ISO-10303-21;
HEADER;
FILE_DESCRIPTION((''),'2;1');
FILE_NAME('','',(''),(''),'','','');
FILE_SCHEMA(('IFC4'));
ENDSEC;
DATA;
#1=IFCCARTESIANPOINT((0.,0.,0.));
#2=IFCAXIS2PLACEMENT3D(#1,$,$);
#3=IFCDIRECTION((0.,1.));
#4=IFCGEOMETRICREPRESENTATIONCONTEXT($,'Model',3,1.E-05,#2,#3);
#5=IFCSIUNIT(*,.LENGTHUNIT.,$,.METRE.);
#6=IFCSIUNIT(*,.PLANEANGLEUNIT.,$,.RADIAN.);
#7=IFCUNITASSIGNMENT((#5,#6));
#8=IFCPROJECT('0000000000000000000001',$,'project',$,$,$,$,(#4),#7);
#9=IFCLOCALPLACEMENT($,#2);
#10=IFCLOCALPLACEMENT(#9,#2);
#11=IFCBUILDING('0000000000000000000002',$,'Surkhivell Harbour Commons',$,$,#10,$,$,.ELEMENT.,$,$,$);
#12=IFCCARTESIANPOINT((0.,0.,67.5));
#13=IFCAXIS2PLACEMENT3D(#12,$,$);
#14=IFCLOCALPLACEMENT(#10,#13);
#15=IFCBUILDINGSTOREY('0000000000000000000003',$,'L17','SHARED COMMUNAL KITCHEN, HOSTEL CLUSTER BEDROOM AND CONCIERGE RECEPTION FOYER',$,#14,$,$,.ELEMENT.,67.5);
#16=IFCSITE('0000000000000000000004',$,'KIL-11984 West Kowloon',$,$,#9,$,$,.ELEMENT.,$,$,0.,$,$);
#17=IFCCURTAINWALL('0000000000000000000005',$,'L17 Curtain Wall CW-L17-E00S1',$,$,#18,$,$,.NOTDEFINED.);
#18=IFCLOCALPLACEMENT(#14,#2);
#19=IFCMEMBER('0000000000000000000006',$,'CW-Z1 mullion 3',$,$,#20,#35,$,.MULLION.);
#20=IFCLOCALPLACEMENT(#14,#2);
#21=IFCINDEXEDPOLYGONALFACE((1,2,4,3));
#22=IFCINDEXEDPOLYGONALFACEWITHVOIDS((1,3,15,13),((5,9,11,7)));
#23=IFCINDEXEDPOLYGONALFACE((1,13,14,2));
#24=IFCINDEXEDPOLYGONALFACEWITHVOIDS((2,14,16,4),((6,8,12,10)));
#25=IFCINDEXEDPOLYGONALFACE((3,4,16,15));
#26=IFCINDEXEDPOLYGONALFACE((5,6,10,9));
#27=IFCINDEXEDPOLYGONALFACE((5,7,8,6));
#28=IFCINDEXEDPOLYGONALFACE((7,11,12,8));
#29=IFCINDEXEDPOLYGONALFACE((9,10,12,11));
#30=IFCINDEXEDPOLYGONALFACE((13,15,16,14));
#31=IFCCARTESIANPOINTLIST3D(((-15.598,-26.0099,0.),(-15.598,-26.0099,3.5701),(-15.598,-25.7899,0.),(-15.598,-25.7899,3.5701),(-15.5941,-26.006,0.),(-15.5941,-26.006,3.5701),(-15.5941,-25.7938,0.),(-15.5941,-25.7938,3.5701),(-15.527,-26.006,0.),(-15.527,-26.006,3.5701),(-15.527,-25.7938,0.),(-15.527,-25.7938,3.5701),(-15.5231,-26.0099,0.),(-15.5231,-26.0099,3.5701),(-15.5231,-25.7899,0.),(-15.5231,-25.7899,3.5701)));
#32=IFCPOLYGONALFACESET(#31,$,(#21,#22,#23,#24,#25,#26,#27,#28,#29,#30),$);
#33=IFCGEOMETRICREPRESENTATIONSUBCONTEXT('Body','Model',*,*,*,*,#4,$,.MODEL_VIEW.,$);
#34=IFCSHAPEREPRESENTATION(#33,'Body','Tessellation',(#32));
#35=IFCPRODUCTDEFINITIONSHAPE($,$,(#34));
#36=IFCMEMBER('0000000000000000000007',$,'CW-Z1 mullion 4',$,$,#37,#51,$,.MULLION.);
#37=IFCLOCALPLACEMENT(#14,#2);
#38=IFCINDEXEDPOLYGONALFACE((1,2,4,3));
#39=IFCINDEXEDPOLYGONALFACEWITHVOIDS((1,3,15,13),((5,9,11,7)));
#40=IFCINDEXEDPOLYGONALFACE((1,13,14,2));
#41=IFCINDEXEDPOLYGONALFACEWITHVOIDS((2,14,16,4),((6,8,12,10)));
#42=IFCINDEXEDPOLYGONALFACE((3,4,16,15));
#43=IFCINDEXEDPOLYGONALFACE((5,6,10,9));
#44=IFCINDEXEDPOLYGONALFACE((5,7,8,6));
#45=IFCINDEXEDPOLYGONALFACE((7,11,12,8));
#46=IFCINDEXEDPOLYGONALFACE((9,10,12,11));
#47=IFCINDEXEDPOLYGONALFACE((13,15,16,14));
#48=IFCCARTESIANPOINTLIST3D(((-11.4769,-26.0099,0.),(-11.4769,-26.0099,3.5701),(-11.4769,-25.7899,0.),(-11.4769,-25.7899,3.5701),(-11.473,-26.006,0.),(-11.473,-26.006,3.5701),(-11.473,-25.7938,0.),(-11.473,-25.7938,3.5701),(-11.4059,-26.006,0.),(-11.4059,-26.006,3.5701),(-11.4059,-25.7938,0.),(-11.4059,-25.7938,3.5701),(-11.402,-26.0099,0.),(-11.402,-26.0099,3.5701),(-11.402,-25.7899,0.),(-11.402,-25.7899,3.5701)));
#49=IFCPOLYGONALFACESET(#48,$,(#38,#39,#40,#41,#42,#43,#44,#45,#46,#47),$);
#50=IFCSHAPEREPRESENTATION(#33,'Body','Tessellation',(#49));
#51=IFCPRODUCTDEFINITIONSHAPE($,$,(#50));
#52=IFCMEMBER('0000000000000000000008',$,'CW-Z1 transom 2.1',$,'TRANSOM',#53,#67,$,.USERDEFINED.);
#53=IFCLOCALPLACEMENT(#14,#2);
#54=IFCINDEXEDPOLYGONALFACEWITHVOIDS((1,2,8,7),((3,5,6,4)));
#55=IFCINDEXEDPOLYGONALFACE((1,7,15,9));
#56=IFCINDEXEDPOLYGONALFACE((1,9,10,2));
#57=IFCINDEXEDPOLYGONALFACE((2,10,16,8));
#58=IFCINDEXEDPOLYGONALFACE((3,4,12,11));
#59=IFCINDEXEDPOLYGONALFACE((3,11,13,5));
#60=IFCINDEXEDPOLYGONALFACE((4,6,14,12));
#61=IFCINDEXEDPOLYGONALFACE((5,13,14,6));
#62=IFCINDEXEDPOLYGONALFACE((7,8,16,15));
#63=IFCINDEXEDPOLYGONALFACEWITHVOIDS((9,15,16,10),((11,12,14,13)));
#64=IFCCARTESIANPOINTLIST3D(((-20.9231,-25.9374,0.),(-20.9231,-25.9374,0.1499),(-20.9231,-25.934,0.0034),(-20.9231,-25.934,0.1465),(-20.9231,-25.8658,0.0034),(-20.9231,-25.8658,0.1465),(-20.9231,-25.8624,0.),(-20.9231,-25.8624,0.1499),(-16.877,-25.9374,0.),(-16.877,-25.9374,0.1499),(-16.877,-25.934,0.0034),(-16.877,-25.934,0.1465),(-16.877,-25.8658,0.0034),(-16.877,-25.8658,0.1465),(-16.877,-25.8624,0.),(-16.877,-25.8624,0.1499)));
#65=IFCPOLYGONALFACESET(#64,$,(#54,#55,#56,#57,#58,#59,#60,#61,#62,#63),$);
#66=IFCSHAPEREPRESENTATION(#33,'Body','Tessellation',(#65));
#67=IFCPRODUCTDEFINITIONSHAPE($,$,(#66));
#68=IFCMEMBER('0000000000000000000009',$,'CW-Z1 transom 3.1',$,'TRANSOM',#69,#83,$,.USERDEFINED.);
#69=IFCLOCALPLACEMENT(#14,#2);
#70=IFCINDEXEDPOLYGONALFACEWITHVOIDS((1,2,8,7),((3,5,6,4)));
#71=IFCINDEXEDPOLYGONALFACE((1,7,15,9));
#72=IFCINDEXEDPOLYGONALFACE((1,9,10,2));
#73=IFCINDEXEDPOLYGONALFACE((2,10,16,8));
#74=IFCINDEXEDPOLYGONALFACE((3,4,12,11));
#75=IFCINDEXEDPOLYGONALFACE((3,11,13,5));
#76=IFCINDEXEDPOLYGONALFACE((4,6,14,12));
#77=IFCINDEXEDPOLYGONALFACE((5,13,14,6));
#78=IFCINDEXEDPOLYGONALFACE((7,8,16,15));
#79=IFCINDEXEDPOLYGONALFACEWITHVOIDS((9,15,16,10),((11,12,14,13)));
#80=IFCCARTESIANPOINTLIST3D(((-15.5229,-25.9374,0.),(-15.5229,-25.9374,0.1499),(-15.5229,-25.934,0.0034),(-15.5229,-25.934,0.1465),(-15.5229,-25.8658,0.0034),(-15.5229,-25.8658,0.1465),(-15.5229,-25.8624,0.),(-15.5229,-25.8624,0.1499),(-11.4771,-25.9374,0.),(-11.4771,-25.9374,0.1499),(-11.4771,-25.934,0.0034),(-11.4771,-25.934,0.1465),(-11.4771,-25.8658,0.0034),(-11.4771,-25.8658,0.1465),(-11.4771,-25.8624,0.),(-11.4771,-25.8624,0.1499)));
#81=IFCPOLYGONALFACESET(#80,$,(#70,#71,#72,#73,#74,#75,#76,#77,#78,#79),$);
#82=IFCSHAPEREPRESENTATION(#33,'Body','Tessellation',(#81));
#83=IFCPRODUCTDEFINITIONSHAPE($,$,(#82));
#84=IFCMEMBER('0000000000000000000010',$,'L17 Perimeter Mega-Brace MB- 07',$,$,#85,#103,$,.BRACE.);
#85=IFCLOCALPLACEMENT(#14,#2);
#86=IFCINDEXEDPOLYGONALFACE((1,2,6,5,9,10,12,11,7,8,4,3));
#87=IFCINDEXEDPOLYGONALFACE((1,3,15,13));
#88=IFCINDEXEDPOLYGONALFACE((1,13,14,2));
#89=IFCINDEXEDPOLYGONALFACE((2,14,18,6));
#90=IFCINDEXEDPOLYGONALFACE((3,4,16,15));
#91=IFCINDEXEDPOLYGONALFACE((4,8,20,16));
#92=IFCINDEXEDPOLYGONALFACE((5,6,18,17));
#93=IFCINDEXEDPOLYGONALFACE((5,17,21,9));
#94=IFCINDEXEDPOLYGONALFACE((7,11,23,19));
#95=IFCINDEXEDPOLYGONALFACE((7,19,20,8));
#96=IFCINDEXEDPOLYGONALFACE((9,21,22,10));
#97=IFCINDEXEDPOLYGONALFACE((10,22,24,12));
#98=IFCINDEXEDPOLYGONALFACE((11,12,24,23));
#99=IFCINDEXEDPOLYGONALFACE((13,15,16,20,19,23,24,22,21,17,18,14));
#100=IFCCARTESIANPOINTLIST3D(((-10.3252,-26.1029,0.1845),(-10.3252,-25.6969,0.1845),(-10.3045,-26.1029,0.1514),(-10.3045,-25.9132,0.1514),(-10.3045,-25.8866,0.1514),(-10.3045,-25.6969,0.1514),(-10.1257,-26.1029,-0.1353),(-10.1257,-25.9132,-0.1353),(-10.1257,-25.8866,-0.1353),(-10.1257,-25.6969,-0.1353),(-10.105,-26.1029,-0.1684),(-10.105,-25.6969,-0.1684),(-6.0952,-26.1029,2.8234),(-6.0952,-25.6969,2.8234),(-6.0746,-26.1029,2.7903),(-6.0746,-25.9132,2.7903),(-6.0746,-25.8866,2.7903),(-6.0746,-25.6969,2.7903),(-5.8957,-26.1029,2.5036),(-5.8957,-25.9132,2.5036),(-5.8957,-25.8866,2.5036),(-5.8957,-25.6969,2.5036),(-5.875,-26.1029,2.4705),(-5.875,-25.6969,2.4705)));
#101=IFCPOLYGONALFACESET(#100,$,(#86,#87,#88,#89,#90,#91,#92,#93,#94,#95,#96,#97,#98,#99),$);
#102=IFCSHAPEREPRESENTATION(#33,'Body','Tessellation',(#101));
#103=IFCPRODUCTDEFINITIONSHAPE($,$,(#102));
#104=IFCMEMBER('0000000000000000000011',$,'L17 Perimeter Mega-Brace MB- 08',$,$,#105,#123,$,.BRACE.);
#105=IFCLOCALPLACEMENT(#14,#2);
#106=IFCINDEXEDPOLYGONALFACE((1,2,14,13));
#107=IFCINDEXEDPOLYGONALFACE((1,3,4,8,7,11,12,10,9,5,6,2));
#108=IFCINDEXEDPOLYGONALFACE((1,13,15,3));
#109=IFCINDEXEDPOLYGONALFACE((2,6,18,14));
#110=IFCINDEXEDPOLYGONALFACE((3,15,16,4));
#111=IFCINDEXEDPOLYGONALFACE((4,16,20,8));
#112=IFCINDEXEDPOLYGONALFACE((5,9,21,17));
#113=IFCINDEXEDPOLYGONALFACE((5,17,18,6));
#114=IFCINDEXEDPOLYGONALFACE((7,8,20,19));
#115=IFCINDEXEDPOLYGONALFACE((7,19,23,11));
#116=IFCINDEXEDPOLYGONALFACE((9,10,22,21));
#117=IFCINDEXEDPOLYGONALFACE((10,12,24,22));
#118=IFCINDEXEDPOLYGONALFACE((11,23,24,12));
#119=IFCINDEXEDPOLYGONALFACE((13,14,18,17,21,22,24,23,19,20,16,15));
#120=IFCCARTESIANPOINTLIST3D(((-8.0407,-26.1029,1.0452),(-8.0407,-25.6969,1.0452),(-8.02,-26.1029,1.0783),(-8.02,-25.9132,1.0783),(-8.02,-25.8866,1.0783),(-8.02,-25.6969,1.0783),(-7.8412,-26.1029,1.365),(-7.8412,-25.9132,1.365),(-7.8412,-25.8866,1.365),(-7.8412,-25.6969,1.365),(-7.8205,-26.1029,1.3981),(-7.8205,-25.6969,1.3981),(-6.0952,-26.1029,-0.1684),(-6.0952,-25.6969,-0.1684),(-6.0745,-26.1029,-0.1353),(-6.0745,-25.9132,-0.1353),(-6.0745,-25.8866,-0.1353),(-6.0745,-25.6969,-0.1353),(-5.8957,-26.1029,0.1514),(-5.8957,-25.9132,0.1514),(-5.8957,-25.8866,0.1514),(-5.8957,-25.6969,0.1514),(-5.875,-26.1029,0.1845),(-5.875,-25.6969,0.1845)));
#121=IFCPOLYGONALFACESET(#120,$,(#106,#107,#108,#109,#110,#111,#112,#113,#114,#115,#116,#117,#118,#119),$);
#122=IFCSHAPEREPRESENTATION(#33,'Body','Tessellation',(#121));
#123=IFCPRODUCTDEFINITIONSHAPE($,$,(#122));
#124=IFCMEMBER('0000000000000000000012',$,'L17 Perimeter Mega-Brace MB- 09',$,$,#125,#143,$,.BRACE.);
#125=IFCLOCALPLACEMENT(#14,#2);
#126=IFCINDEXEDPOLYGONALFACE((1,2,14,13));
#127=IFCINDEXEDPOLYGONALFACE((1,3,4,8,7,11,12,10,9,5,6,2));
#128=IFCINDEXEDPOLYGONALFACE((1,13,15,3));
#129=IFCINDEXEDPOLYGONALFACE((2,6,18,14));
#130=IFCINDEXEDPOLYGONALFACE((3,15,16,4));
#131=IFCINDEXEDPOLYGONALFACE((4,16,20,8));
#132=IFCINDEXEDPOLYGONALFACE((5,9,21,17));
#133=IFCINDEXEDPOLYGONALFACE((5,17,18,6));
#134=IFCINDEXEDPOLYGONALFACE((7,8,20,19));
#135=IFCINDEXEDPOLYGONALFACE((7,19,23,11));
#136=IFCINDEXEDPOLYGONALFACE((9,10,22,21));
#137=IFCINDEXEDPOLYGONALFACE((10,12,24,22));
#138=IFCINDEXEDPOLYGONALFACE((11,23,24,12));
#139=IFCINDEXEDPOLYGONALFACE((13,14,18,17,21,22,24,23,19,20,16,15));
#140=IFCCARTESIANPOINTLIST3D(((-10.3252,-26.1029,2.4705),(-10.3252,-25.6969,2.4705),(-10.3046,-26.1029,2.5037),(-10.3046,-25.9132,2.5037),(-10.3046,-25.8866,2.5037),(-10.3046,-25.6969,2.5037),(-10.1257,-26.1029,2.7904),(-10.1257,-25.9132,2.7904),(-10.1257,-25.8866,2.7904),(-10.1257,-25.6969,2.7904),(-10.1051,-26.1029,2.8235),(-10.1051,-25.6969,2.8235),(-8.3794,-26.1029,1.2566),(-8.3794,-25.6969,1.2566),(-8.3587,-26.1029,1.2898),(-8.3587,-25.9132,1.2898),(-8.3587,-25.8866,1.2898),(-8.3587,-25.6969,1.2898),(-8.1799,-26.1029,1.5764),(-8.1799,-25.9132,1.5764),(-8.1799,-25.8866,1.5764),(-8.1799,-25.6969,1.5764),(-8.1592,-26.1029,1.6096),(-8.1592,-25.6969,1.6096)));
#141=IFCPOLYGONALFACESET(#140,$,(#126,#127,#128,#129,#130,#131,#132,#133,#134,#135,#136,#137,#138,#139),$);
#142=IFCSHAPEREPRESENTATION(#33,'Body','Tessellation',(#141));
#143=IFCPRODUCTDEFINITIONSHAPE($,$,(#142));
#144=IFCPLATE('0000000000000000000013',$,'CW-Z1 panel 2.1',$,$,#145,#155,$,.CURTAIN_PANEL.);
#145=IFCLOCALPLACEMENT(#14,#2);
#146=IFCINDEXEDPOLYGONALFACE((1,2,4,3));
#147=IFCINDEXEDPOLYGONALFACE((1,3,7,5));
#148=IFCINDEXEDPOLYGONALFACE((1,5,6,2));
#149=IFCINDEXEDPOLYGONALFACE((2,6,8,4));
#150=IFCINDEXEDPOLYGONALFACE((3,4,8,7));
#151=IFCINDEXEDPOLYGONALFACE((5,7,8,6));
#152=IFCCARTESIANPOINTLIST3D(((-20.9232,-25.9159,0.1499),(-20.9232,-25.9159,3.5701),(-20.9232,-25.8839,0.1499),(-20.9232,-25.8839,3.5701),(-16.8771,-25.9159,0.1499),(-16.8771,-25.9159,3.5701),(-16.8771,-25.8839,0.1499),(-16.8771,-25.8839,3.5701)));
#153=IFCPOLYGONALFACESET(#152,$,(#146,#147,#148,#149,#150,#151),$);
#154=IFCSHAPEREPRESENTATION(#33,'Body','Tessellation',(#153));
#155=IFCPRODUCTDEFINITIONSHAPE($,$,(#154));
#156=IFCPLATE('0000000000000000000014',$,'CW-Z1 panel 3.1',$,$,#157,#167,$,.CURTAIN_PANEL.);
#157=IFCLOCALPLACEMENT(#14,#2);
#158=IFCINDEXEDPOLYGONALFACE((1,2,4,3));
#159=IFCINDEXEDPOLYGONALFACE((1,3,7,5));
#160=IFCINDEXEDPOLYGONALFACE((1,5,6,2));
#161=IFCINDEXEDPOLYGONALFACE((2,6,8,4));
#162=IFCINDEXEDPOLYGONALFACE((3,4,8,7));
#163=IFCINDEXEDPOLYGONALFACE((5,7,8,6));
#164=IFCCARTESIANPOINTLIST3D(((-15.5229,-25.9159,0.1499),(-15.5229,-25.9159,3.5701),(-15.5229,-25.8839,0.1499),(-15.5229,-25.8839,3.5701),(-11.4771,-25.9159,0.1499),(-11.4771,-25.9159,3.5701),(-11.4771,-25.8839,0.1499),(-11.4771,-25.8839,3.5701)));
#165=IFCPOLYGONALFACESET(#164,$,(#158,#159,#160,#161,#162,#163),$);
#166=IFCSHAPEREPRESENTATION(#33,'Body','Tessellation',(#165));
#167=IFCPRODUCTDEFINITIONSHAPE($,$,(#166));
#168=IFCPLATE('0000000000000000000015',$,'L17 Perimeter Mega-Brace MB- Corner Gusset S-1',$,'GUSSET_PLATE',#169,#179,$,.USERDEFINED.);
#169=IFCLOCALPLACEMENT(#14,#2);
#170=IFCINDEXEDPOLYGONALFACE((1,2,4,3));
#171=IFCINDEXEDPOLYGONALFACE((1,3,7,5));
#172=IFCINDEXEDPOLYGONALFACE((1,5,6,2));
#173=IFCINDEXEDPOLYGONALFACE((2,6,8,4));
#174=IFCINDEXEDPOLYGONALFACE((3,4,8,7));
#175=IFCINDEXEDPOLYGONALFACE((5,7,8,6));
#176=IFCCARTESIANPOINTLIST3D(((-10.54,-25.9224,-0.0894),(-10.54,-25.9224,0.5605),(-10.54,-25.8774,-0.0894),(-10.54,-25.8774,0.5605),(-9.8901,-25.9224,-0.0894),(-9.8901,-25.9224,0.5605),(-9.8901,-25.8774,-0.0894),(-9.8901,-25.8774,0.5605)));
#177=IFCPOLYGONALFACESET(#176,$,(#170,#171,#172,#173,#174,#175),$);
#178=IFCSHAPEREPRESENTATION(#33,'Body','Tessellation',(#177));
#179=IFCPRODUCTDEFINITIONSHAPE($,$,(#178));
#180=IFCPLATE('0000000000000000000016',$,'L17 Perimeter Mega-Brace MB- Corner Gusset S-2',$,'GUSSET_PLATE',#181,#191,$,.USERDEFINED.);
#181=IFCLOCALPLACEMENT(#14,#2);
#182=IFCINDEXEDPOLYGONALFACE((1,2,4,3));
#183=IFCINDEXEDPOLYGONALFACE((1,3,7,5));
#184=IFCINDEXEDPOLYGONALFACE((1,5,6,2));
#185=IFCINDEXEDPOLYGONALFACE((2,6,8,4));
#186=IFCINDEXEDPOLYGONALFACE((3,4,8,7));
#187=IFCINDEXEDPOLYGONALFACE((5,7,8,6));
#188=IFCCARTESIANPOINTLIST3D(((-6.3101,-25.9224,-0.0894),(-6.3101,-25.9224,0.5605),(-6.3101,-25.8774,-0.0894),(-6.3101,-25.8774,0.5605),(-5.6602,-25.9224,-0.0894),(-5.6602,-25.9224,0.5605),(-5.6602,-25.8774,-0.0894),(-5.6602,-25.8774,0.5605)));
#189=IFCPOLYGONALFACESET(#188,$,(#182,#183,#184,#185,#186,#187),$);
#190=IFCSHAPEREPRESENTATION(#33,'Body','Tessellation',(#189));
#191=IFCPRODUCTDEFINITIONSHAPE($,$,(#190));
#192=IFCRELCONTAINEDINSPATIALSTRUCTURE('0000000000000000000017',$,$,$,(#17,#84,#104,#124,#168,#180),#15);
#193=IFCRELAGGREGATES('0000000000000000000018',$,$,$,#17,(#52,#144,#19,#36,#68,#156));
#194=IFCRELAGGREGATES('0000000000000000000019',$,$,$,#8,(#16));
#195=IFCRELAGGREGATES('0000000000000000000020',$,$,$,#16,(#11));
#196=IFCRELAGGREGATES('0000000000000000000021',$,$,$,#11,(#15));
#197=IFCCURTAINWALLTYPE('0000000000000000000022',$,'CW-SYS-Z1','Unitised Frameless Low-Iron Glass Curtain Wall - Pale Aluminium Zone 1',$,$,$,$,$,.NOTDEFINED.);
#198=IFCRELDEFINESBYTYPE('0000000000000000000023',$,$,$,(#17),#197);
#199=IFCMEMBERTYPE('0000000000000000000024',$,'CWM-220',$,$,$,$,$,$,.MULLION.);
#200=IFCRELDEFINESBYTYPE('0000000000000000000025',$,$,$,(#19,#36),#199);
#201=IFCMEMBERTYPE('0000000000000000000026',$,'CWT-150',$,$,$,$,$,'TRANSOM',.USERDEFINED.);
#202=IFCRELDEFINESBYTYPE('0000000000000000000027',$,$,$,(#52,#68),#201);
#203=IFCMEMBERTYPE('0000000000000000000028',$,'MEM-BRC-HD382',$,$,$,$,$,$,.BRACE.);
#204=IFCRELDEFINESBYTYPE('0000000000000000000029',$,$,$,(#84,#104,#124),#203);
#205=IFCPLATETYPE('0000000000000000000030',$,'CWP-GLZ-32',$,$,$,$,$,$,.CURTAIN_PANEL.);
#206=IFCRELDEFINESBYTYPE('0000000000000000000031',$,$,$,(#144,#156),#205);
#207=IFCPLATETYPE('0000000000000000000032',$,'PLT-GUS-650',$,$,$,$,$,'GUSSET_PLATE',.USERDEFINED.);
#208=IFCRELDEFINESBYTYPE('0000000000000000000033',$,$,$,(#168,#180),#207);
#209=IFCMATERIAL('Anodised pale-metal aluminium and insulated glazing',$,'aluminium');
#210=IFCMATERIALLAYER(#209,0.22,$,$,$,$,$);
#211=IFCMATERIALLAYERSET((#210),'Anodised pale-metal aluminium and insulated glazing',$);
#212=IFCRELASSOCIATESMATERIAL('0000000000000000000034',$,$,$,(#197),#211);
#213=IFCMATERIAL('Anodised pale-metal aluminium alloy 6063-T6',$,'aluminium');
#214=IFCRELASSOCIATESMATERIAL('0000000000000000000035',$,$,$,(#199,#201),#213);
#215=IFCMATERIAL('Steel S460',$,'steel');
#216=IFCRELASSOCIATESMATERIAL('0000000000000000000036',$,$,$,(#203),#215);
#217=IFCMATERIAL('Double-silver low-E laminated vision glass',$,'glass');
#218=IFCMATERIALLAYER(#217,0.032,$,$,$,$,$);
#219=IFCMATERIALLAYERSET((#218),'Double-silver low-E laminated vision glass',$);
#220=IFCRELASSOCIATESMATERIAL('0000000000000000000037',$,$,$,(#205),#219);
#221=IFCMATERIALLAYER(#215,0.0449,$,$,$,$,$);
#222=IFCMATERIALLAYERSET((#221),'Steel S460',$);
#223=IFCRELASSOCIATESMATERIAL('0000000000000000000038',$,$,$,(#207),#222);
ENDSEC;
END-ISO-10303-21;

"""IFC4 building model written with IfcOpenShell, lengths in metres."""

from ifc_helpers import new_model, si_unit, direction, frame, frame_2d, origin, origin_2d, place, context, subcontext, project, spatial, rectangle, hollow_rectangle, i_section, extrude, material, layer, layer_set, material_profile, profile_set, type_object, element, aggregate, save


model = new_model("IFC4")

# Units and contexts
model_context = context("Model", 3, precision=1e-05, world=origin(), true_north=direction((0.0, 1.0)))
body_context = subcontext(model_context, "Body", "Model", "MODEL_VIEW")
ifc_project = project(units=[si_unit("LENGTHUNIT", "METRE"), si_unit("PLANEANGLEUNIT", "RADIAN")], contexts=[model_context])

# Site, building, storey
site_placement = place(None, origin())
site = spatial("IfcSite", under=ifc_project, at=site_placement, Name="KIL-11984 West Kowloon", CompositionType="ELEMENT", RefElevation=0.0)
building_placement = place(site_placement, origin())
building = spatial("IfcBuilding", under=site, at=building_placement, Name="Surkhivell Harbour Commons", CompositionType="ELEMENT")
storey_placement = place(building_placement, frame((0.0, 0.0, 67.5)))
storey = spatial("IfcBuildingStorey", under=building, at=storey_placement, Name="L17", Description="SHARED COMMUNAL KITCHEN, HOSTEL CLUSTER BEDROOM AND CONCIERGE RECEPTION FOYER", CompositionType="ELEMENT", Elevation=67.5)

# Shared definitions
ifc_material_1 = material(Name="Steel S460", Category="steel")

# Curtain wall, members
ifc_material_2 = material(Name="Anodised pale-metal aluminium and insulated glazing", Category="aluminium")
ifc_layer_1 = layer(ifc_material_2, 0.22)
ifc_layer_set_1 = layer_set([ifc_layer_1], Name="Anodised pale-metal aluminium and insulated glazing")
curtain_wall_type = type_object("IfcCurtainWallType", Name="CW-SYS-Z1", Description="Unitised Frameless Low-Iron Glass Curtain Wall - Pale Aluminium Zone 1", PredefinedType="NOTDEFINED", material=ifc_layer_set_1)
curtain_wall_placement = place(storey_placement, origin())
curtain_wall = element("IfcCurtainWall", 1, at=curtain_wall_placement, inside=storey, type_object=curtain_wall_type, Name="L17 Curtain Wall CW-L17-E00S1", PredefinedType="NOTDEFINED")
ifc_material_3 = material(Name="Anodised pale-metal aluminium alloy 6063-T6", Category="aluminium")
ifc_material_profile_1 = material_profile(ifc_material_3, hollow_rectangle(XDim=0.075, YDim=0.22, WallThickness=0.0039, at=origin_2d()), Name="ALU-MULL-75x220")
ifc_profile_set_1 = profile_set([ifc_material_profile_1], Name="Anodised pale-metal aluminium alloy 6063-T6")
member_type_1 = type_object("IfcMemberType", Name="CWM-220", PredefinedType="MULLION", material=ifc_profile_set_1)
member_1_placement = place(storey_placement, frame((-15.5605, -25.8999, 0.0), z_axis=(0.0, 0.0, 1.0), x_axis=(1.0, 0.0, 0.0)))
member_1 = element("IfcMember", 2, at=member_1_placement, type_object=member_type_1, Name="CW-Z1 mullion 3", PredefinedType="MULLION", context=body_context, shape_type="SweptSolid", body=[
    extrude(hollow_rectangle(XDim=0.075, YDim=0.22, WallThickness=0.0039, at=origin_2d()), origin(), (0.0, 0.0, 1.0), 3.5701),
])
member_2_placement = place(storey_placement, frame((-11.4395, -25.8999, 0.0), z_axis=(0.0, 0.0, 1.0), x_axis=(1.0, 0.0, 0.0)))
member_2 = element("IfcMember", 3, at=member_2_placement, type_object=member_type_1, Name="CW-Z1 mullion 4", PredefinedType="MULLION", context=body_context, shape_type="SweptSolid", body=[
    extrude(hollow_rectangle(XDim=0.075, YDim=0.22, WallThickness=0.0039, at=origin_2d()), origin(), (0.0, 0.0, 1.0), 3.5701),
])
ifc_material_profile_2 = material_profile(ifc_material_3, hollow_rectangle(XDim=0.075, YDim=0.1499, WallThickness=0.0034, at=origin_2d()), Name="ALU-TRAN-75x150")
ifc_profile_set_2 = profile_set([ifc_material_profile_2], Name="Anodised pale-metal aluminium alloy 6063-T6")
member_type_2 = type_object("IfcMemberType", Name="CWT-150", ElementType="TRANSOM", PredefinedType="USERDEFINED", material=ifc_profile_set_2)
member_3_placement = place(storey_placement, frame((-20.9231, -25.8999, 0.075), z_axis=(1.0, 0.0, 0.0), x_axis=(0.0, 1.0, 0.0)))
member_3 = element("IfcMember", 4, at=member_3_placement, type_object=member_type_2, Name="CW-Z1 transom 2.1", ObjectType="TRANSOM", PredefinedType="USERDEFINED", context=body_context, shape_type="SweptSolid", body=[
    extrude(hollow_rectangle(XDim=0.075, YDim=0.1499, WallThickness=0.0034, at=origin_2d()), origin(), (0.0, 0.0, 1.0), 4.0461),
])
member_4_placement = place(storey_placement, frame((-15.5229, -25.8999, 0.075), z_axis=(1.0, 0.0, 0.0), x_axis=(0.0, 1.0, 0.0)))
member_4 = element("IfcMember", 5, at=member_4_placement, type_object=member_type_2, Name="CW-Z1 transom 3.1", ObjectType="TRANSOM", PredefinedType="USERDEFINED", context=body_context, shape_type="SweptSolid", body=[
    extrude(hollow_rectangle(XDim=0.075, YDim=0.1499, WallThickness=0.0034, at=origin_2d()), origin(), (0.0, 0.0, 1.0), 4.0459),
])

# Members
ifc_material_profile_3 = material_profile(ifc_material_1, i_section(OverallWidth=0.406, OverallDepth=0.416, WebThickness=0.0266, FlangeThickness=0.0391, at=origin_2d()), Name="HD400x382")
ifc_profile_set_3 = profile_set([ifc_material_profile_3], Name="Steel S460")
member_type_3 = type_object("IfcMemberType", Name="MEM-BRC-HD382", PredefinedType="BRACE", material=ifc_profile_set_3)
member_5_placement = place(storey_placement, frame((-10.2151, -25.8999, 0.0081), z_axis=(0.848433, 0.0, 0.529303), x_axis=(0.0, 1.0, 0.0)))
element("IfcMember", 6, at=member_5_placement, inside=storey, type_object=member_type_3, Name="L17 Perimeter Mega-Brace MB- 07", PredefinedType="BRACE", context=body_context, shape_type="SweptSolid", body=[
    extrude(i_section(OverallWidth=0.406, OverallDepth=0.416, WebThickness=0.0266, FlangeThickness=0.0391, at=origin_2d()), origin(), (0.0, 0.0, 1.0), 4.9856),
])
member_6_placement = place(storey_placement, frame((-5.9851, -25.8999, 0.0081), z_axis=(-0.848459, 0.0, 0.529262), x_axis=(0.0, -1.0, 0.0)))
element("IfcMember", 7, at=member_6_placement, inside=storey, type_object=member_type_3, Name="L17 Perimeter Mega-Brace MB- 08", PredefinedType="BRACE", context=body_context, shape_type="SweptSolid", body=[
    extrude(i_section(OverallWidth=0.406, OverallDepth=0.416, WebThickness=0.0266, FlangeThickness=0.0391, at=origin_2d()), origin(), (0.0, 0.0, 1.0), 2.293),
])
member_7_placement = place(storey_placement, frame((-8.2693, -25.8999, 1.4331), z_axis=(-0.848441, 0.0, 0.529291), x_axis=(0.0, -1.0, 0.0)))
element("IfcMember", 8, at=member_7_placement, inside=storey, type_object=member_type_3, Name="L17 Perimeter Mega-Brace MB- 09", PredefinedType="BRACE", context=body_context, shape_type="SweptSolid", body=[
    extrude(i_section(OverallWidth=0.406, OverallDepth=0.416, WebThickness=0.0266, FlangeThickness=0.0391, at=origin_2d()), origin(), (0.0, 0.0, 1.0), 2.2935),
])

# Plates
ifc_material_4 = material(Name="Double-silver low-E laminated vision glass", Category="glass")
ifc_layer_2 = layer(ifc_material_4, 0.032)
ifc_layer_set_2 = layer_set([ifc_layer_2], Name="Double-silver low-E laminated vision glass")
plate_type_1 = type_object("IfcPlateType", Name="CWP-GLZ-32", PredefinedType="CURTAIN_PANEL", material=ifc_layer_set_2)
plate_1_placement = place(storey_placement, frame((-20.9231, -25.8999, 0.1499), z_axis=(0.0, 0.0, 1.0), x_axis=(1.0, 0.0, 0.0)))
plate_1 = element("IfcPlate", 9, at=plate_1_placement, type_object=plate_type_1, Name="CW-Z1 panel 2.1", PredefinedType="CURTAIN_PANEL", context=body_context, shape_type="SweptSolid", body=[
    extrude(rectangle(XDim=4.0461, YDim=0.032, at=frame_2d((2.0229, 0.0))), origin(), (0.0, 0.0, 1.0), 3.4202),
])
plate_2_placement = place(storey_placement, frame((-15.5229, -25.8999, 0.1499), z_axis=(0.0, 0.0, 1.0), x_axis=(1.0, 0.0, 0.0)))
plate_2 = element("IfcPlate", 10, at=plate_2_placement, type_object=plate_type_1, Name="CW-Z1 panel 3.1", PredefinedType="CURTAIN_PANEL", context=body_context, shape_type="SweptSolid", body=[
    extrude(rectangle(XDim=4.0459, YDim=0.032, at=frame_2d((2.0229, 0.0))), origin(), (0.0, 0.0, 1.0), 3.4202),
])
aggregate(curtain_wall, [member_3, plate_1, member_1, member_2, member_4, plate_2])

# Plates
ifc_layer_3 = layer(ifc_material_1, 0.0449)
ifc_layer_set_3 = layer_set([ifc_layer_3], Name="Steel S460")
plate_type_2 = type_object("IfcPlateType", Name="PLT-GUS-650", ElementType="GUSSET_PLATE", PredefinedType="USERDEFINED", material=ifc_layer_set_3)
for number, where, z_axis, x_axis, name in (
    (11, (-10.2151, -25.8999, -0.0894), (0.0, 0.0, 1.0), (1.0, 0.0, 0.0), "L17 Perimeter Mega-Brace MB- Corner Gusset S-1"),
    (12, (-5.9851, -25.8999, -0.0894), (0.0, 0.0, 1.0), (1.0, 0.0, 0.0), "L17 Perimeter Mega-Brace MB- Corner Gusset S-2"),
):
    element("IfcPlate", number, at=place(storey_placement, frame(where, z_axis=z_axis, x_axis=x_axis)), inside=storey, type_object=plate_type_2, Name=name, ObjectType="GUSSET_PLATE", PredefinedType="USERDEFINED", context=body_context, shape_type="SweptSolid", body=[
        extrude(rectangle(XDim=0.6499, YDim=0.0449, at=origin_2d()), origin(), (0.0, 0.0, 1.0), 0.6499),
    ])

save(model, "model.ifc")
